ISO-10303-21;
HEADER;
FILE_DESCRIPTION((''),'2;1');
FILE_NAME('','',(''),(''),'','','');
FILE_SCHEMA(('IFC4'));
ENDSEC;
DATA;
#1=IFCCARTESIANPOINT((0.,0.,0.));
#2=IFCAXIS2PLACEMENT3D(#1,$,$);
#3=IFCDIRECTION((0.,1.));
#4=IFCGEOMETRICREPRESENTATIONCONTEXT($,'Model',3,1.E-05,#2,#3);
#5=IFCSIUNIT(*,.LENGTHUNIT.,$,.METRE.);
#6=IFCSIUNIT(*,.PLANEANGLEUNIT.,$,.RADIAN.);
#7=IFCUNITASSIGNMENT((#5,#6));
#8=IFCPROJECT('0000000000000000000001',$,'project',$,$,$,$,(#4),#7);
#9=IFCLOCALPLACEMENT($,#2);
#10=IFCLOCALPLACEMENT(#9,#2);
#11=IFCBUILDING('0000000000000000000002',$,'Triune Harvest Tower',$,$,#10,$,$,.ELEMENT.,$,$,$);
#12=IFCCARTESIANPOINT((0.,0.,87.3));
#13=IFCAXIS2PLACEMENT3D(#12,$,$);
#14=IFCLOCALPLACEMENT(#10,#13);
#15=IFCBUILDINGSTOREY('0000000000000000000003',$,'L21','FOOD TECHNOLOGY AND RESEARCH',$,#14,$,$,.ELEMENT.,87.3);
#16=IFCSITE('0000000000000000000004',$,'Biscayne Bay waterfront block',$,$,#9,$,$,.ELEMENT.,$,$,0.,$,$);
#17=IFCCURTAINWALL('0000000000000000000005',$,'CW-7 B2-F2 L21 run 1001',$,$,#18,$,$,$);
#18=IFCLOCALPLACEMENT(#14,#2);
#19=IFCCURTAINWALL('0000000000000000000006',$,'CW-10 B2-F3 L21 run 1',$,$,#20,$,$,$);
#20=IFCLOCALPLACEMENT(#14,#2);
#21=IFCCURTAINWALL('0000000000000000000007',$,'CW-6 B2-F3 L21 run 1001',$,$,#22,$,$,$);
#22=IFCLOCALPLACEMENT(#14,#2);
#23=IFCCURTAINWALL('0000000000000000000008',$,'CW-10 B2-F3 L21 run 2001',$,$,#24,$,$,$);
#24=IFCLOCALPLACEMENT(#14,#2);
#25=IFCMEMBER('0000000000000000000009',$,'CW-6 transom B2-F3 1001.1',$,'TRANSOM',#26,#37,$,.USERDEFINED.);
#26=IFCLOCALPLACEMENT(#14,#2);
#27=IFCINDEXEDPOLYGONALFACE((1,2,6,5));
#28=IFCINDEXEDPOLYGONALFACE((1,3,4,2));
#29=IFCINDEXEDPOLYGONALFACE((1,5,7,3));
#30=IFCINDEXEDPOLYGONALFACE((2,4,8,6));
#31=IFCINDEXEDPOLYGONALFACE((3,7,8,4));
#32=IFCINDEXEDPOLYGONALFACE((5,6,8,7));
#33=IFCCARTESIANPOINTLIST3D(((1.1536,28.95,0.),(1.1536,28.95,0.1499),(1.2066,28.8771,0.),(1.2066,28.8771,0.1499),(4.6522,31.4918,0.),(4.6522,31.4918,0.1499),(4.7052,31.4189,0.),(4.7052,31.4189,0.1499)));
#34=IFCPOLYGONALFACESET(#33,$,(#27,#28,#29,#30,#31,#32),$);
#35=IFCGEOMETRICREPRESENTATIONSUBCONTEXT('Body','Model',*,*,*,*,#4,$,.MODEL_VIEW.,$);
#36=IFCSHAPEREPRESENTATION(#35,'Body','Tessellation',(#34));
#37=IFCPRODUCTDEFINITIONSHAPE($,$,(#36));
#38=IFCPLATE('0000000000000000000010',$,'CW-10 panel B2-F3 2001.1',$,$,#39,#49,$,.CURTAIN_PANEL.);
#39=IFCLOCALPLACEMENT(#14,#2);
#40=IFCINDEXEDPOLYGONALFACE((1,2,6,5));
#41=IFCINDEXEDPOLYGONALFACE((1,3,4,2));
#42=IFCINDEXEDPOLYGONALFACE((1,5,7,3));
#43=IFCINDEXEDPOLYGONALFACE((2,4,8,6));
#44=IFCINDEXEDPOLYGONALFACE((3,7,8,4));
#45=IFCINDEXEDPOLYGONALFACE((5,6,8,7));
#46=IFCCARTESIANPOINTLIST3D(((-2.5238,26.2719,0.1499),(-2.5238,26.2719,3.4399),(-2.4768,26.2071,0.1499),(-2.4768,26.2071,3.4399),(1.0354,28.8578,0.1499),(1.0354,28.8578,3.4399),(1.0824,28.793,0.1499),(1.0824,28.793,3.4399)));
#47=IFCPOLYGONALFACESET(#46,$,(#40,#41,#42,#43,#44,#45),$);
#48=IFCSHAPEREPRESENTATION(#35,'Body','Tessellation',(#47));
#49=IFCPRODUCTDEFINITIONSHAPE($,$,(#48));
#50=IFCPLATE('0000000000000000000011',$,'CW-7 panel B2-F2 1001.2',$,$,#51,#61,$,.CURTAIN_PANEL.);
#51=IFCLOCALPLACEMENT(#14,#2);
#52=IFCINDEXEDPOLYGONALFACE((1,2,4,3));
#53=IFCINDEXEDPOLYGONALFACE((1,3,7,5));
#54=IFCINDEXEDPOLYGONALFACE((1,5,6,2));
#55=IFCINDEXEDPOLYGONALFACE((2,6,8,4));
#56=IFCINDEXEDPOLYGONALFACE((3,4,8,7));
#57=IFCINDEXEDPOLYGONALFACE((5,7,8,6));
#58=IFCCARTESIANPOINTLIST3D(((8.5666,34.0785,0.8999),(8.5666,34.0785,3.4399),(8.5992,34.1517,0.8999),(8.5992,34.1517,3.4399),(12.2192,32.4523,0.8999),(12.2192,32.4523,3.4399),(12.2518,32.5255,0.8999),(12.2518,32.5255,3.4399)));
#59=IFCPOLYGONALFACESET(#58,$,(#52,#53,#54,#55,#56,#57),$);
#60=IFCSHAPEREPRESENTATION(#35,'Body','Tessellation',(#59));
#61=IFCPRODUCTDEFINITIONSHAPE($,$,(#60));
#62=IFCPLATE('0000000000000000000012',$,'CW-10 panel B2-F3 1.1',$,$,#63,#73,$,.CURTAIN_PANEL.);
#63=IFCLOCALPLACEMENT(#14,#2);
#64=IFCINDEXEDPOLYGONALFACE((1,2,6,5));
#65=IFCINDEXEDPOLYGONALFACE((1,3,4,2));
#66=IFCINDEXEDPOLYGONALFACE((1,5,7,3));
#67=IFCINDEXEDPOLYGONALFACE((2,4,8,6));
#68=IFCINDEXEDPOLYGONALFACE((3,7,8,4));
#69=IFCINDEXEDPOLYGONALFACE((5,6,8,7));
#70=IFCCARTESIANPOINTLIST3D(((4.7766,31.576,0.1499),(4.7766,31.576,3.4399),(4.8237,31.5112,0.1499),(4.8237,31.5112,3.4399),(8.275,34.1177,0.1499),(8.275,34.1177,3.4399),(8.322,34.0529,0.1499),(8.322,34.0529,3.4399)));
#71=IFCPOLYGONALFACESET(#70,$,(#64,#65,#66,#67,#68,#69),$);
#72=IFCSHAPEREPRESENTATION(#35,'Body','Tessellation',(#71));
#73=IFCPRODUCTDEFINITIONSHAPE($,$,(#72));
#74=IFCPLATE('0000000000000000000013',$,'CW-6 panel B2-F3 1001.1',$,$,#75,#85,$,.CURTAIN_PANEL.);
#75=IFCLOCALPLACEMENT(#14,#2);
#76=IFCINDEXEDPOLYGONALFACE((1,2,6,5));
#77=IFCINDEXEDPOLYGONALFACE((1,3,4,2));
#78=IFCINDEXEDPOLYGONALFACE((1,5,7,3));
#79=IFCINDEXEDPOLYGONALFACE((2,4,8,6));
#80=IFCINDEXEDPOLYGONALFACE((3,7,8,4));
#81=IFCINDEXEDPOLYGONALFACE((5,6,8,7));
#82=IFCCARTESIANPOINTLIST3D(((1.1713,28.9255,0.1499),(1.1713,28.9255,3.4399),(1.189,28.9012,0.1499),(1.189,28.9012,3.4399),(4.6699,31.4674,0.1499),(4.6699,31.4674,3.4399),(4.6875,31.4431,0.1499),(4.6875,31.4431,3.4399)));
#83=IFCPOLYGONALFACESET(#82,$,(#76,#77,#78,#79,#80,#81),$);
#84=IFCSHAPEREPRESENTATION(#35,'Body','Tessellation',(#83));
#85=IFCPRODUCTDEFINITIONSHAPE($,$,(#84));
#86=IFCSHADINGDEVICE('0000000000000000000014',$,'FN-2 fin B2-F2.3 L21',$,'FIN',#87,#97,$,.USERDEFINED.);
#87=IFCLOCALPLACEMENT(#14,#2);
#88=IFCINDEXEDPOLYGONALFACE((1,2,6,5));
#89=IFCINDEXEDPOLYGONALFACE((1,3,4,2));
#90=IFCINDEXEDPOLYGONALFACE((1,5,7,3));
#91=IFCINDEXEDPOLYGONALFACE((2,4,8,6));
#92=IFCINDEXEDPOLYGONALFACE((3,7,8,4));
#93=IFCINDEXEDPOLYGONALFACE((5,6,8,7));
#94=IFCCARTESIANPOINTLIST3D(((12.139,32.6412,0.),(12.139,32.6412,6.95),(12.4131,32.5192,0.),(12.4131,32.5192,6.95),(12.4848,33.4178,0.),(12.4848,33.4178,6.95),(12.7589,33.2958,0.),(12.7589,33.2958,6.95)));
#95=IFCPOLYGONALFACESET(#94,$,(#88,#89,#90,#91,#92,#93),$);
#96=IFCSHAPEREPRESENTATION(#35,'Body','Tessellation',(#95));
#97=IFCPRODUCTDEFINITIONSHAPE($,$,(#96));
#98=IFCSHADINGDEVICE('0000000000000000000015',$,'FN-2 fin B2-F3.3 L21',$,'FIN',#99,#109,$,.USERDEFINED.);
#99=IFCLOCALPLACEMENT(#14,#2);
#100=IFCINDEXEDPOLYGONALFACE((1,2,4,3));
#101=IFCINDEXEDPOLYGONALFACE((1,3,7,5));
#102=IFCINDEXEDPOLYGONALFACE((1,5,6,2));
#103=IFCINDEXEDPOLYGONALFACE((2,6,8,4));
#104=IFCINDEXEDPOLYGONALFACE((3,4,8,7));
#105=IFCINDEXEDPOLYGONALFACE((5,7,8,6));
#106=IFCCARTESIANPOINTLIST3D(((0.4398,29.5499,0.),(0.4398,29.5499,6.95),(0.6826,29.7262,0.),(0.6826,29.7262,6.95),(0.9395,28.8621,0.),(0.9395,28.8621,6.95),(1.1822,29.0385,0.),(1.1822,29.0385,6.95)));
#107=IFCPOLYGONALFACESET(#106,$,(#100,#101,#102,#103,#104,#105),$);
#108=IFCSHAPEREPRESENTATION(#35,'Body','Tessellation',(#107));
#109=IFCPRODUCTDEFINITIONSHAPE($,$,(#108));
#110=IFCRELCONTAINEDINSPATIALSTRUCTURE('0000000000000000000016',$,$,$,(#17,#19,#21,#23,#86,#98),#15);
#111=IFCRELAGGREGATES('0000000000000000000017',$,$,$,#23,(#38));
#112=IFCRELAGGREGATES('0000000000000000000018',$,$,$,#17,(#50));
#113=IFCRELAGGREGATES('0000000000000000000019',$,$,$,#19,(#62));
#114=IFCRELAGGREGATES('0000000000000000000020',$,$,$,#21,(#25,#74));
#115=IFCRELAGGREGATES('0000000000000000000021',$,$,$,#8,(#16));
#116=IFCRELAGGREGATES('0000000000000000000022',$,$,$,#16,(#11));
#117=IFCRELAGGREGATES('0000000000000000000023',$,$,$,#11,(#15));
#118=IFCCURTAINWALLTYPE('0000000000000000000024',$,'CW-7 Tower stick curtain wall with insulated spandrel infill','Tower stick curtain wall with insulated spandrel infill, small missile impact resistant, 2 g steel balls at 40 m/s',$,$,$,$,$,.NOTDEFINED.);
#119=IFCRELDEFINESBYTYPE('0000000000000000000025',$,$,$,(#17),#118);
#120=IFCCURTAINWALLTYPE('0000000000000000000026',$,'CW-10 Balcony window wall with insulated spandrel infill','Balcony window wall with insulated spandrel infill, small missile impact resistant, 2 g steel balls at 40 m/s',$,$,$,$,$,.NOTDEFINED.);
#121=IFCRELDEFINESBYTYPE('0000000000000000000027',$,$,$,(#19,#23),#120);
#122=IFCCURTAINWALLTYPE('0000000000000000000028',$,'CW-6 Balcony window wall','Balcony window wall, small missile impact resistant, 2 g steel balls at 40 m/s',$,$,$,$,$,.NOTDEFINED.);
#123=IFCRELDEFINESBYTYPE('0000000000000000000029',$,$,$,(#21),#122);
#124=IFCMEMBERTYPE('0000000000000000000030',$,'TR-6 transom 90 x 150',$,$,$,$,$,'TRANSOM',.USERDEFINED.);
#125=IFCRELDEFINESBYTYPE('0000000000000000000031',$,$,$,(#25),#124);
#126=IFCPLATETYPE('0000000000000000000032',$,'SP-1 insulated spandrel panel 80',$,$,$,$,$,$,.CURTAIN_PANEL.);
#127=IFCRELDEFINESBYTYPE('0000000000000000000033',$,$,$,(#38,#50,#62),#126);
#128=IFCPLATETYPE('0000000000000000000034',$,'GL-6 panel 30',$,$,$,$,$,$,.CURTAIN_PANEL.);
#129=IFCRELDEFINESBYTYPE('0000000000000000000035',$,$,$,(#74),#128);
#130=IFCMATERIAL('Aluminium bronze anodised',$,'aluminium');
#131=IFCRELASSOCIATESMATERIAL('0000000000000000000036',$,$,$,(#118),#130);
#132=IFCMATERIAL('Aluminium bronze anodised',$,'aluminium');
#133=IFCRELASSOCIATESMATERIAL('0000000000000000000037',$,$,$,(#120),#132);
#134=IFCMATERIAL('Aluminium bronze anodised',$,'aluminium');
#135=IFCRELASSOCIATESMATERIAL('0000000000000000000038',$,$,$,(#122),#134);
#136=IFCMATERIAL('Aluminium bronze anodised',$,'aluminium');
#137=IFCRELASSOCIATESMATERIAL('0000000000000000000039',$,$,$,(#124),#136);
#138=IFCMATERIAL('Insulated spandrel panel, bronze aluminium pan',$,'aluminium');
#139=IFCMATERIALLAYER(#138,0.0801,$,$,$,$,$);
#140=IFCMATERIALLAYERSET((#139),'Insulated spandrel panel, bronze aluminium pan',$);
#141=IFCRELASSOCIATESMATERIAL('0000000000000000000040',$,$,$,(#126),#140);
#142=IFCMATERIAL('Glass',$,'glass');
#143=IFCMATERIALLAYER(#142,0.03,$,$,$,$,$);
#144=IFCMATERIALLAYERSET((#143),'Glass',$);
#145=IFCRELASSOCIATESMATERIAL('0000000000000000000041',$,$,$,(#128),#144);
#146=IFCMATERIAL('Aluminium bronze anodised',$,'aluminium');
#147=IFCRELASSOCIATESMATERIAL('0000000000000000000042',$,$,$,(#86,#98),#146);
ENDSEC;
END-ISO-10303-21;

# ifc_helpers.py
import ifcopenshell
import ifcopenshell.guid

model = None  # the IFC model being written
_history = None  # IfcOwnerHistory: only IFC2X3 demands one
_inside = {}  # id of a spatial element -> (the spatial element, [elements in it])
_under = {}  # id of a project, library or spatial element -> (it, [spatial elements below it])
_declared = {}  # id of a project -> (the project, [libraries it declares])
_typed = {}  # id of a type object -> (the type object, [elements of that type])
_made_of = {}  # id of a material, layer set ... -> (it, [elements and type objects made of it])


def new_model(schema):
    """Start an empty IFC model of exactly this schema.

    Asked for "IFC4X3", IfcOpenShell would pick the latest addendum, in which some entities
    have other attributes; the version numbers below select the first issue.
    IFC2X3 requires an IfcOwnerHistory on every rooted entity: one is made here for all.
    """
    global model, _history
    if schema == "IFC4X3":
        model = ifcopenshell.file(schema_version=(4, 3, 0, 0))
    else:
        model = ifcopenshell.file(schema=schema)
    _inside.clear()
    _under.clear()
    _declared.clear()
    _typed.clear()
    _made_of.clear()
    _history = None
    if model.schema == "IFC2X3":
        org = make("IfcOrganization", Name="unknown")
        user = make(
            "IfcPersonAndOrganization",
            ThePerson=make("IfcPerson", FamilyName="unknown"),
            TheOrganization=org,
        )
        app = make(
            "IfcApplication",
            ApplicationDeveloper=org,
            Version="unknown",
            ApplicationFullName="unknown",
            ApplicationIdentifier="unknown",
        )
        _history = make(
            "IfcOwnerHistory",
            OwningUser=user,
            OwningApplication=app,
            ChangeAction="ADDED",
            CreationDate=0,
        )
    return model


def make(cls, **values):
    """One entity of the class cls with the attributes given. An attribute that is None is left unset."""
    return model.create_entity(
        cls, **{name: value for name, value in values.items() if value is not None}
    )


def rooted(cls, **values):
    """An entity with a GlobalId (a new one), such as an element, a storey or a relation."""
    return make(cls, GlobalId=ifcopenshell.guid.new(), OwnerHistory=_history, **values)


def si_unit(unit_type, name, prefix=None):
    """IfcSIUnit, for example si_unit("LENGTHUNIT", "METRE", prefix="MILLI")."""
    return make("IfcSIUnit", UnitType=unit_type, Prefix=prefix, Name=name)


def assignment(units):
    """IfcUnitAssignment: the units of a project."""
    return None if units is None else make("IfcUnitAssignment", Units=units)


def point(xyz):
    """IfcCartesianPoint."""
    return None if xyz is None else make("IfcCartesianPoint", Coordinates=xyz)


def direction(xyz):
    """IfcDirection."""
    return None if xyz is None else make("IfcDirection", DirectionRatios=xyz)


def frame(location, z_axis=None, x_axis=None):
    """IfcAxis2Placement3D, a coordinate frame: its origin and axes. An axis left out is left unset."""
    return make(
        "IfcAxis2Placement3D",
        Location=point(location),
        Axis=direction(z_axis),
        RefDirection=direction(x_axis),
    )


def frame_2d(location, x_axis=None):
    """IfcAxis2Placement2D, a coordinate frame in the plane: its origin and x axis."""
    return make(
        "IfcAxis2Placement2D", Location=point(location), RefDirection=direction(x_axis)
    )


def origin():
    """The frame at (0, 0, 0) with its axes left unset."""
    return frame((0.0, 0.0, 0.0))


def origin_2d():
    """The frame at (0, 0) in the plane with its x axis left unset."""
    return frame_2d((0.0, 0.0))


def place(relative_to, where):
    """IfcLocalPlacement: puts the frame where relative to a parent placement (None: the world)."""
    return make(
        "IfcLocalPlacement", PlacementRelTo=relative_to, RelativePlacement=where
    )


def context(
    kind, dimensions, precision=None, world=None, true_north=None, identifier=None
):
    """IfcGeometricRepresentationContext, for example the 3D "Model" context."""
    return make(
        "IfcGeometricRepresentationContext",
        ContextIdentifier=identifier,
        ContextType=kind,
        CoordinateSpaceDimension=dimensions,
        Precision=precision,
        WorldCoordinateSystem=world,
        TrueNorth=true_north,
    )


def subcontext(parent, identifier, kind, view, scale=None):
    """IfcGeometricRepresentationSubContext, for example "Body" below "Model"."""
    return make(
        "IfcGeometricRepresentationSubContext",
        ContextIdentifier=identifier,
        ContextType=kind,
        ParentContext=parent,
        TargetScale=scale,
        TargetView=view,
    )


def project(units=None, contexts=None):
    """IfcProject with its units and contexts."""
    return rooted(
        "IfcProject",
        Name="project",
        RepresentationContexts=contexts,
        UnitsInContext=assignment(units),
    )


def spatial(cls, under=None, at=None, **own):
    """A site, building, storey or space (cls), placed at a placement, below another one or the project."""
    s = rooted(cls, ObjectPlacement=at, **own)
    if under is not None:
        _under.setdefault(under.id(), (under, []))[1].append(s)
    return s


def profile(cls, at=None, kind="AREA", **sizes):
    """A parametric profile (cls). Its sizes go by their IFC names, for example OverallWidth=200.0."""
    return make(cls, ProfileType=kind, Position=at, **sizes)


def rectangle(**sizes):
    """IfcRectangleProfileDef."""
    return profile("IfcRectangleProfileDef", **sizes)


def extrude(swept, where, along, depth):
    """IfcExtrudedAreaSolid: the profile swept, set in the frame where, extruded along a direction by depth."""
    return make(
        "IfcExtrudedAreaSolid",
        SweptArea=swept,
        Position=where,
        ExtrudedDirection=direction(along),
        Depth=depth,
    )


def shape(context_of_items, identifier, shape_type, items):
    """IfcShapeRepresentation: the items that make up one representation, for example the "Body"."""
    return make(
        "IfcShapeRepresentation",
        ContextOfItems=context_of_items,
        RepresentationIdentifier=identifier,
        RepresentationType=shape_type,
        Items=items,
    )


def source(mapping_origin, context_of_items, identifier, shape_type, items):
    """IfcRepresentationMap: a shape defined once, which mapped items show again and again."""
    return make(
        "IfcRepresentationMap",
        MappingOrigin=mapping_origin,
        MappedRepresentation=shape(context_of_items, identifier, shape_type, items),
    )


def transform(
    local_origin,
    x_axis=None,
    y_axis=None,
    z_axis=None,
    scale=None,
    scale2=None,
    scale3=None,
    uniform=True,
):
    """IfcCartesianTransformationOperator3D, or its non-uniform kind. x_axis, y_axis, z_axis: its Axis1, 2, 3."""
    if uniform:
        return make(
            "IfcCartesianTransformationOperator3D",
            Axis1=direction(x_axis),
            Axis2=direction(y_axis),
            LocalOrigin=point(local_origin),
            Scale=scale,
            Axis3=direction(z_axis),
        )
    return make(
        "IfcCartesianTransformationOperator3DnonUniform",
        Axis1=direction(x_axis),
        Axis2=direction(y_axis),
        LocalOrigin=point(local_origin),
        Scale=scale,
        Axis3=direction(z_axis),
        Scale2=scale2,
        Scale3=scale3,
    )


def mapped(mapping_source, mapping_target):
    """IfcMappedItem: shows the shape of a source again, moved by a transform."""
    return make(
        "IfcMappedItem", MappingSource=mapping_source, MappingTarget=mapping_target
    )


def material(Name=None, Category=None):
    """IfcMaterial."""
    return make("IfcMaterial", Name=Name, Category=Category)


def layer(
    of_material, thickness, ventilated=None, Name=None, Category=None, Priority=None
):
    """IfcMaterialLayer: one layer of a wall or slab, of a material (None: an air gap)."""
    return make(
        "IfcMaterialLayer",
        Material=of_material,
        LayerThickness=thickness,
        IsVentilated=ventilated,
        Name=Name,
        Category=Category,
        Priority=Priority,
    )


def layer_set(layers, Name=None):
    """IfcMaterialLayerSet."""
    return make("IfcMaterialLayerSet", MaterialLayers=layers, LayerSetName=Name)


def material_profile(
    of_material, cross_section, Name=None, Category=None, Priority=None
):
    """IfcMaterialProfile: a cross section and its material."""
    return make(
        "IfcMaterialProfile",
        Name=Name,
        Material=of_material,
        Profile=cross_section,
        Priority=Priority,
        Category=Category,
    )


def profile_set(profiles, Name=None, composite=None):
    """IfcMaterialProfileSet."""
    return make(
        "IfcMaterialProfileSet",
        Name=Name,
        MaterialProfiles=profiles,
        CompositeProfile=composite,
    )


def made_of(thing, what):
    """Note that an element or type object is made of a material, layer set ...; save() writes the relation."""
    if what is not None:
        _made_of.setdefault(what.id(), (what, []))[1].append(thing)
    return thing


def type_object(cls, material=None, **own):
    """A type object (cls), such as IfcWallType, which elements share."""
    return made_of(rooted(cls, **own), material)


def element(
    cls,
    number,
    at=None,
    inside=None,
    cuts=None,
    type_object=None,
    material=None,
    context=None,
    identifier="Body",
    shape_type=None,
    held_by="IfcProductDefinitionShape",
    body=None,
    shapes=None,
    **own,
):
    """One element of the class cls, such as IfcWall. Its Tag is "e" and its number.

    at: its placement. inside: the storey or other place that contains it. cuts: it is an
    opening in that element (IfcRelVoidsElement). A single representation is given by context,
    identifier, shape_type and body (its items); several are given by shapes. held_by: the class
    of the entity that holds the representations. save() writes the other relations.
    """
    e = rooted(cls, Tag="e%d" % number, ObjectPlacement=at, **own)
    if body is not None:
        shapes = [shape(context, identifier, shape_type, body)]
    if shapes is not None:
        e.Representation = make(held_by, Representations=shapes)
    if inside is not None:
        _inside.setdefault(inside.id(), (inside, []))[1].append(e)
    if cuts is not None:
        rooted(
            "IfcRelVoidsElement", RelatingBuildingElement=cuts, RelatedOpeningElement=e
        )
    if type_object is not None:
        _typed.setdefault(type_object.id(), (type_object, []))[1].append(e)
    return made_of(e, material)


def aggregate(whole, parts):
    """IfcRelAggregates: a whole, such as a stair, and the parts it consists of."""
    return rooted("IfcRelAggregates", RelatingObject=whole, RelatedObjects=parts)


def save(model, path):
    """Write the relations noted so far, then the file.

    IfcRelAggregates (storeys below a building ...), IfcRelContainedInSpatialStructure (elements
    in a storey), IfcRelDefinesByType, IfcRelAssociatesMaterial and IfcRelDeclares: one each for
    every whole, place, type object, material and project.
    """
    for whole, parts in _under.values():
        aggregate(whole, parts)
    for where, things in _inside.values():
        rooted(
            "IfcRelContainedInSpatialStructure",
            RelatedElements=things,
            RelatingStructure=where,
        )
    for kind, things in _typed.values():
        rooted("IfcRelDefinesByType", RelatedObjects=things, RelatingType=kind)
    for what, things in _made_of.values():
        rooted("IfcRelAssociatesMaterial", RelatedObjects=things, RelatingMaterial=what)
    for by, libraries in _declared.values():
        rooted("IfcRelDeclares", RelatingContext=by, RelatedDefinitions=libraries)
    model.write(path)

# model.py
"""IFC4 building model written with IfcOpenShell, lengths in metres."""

from ifc_helpers import new_model, si_unit, direction, frame, origin, origin_2d, place, context, subcontext, project, spatial, rectangle, extrude, source, transform, mapped, material, layer, layer_set, material_profile, profile_set, type_object, element, aggregate, save


model = new_model("IFC4")

# Units and contexts
model_context = context("Model", 3, precision=1e-05, world=origin(), true_north=direction((0.0, 1.0)))
body_context = subcontext(model_context, "Body", "Model", "MODEL_VIEW")
ifc_project = project(units=[si_unit("LENGTHUNIT", "METRE"), si_unit("PLANEANGLEUNIT", "RADIAN")], contexts=[model_context])

# Site, building, storey
site_placement = place(None, origin())
site = spatial("IfcSite", under=ifc_project, at=site_placement, Name="Biscayne Bay waterfront block", CompositionType="ELEMENT", RefElevation=0.0)
building_placement = place(site_placement, origin())
building = spatial("IfcBuilding", under=site, at=building_placement, Name="Triune Harvest Tower", CompositionType="ELEMENT")
storey_placement = place(building_placement, frame((0.0, 0.0, 87.3)))
storey = spatial("IfcBuildingStorey", under=building, at=storey_placement, Name="L21", Description="FOOD TECHNOLOGY AND RESEARCH", CompositionType="ELEMENT", Elevation=87.3)

# Curtain wall
ifc_material_1 = material(Name="Aluminium bronze anodised", Category="aluminium")
curtain_wall_type_1 = type_object("IfcCurtainWallType", Name="CW-7 Tower stick curtain wall with insulated spandrel infill", Description="Tower stick curtain wall with insulated spandrel infill, small missile impact resistant, 2 g steel balls at 40 m/s", PredefinedType="NOTDEFINED", material=ifc_material_1)
curtain_wall_1_placement = place(storey_placement, origin())
curtain_wall_1 = element("IfcCurtainWall", 1, at=curtain_wall_1_placement, inside=storey, type_object=curtain_wall_type_1, Name="CW-7 B2-F2 L21 run 1001")

# Curtain walls
ifc_material_2 = material(Name="Aluminium bronze anodised", Category="aluminium")
curtain_wall_type_2 = type_object("IfcCurtainWallType", Name="CW-10 Balcony window wall with insulated spandrel infill", Description="Balcony window wall with insulated spandrel infill, small missile impact resistant, 2 g steel balls at 40 m/s", PredefinedType="NOTDEFINED", material=ifc_material_2)
curtain_wall_2_placement = place(storey_placement, origin())
curtain_wall_2 = element("IfcCurtainWall", 2, at=curtain_wall_2_placement, inside=storey, type_object=curtain_wall_type_2, Name="CW-10 B2-F3 L21 run 1")
ifc_material_3 = material(Name="Aluminium bronze anodised", Category="aluminium")
curtain_wall_type_3 = type_object("IfcCurtainWallType", Name="CW-6 Balcony window wall", Description="Balcony window wall, small missile impact resistant, 2 g steel balls at 40 m/s", PredefinedType="NOTDEFINED", material=ifc_material_3)
curtain_wall_3_placement = place(storey_placement, origin())
curtain_wall_3 = element("IfcCurtainWall", 3, at=curtain_wall_3_placement, inside=storey, type_object=curtain_wall_type_3, Name="CW-6 B2-F3 L21 run 1001")
curtain_wall_4_placement = place(storey_placement, origin())
curtain_wall_4 = element("IfcCurtainWall", 4, at=curtain_wall_4_placement, inside=storey, type_object=curtain_wall_type_2, Name="CW-10 B2-F3 L21 run 2001")
ifc_material_4 = material(Name="Aluminium bronze anodised", Category="aluminium")
ifc_material_profile_1 = material_profile(ifc_material_4, rectangle(XDim=0.0901, YDim=0.1499, at=origin_2d()), Name="TR-6 transom 90 x 150")
ifc_profile_set_1 = profile_set([ifc_material_profile_1], Name="Aluminium bronze anodised")
member_type_1 = type_object("IfcMemberType", Name="TR-6 transom 90 x 150", ElementType="TRANSOM", PredefinedType="USERDEFINED", material=ifc_profile_set_1)

# Member
shared_shape_1 = source(origin(), body_context, "Body", "SweptSolid", [
    extrude(rectangle(XDim=0.0901, YDim=0.1499, at=origin_2d()), origin(), (0.0, 0.0, 1.0), 4.3245),
])
member_1_placement = place(storey_placement, frame((4.6787, 31.4553, 0.075), z_axis=(-0.809027, -0.587772, 0.0), x_axis=(0.587772, -0.809027, 0.0)))
member_1 = element("IfcMember", 5, at=member_1_placement, type_object=member_type_1, Name="CW-6 transom B2-F3 1001.1", ObjectType="TRANSOM", PredefinedType="USERDEFINED", context=body_context, shape_type="MappedRepresentation", body=[
    mapped(shared_shape_1, transform((0.0, 0.0, 0.0), scale=1.0)),
])

# Plates
ifc_material_5 = material(Name="Insulated spandrel panel, bronze aluminium pan", Category="aluminium")
ifc_layer_1 = layer(ifc_material_5, 0.0801)
ifc_layer_set_1 = layer_set([ifc_layer_1], Name="Insulated spandrel panel, bronze aluminium pan")
plate_type_1 = type_object("IfcPlateType", Name="SP-1 insulated spandrel panel 80", PredefinedType="CURTAIN_PANEL", material=ifc_layer_set_1)
shared_shape_2 = source(origin(), body_context, "Body", "SweptSolid", [
    extrude(rectangle(XDim=4.3994, YDim=0.0801, at=origin_2d()), origin(), (0.0, 0.0, 1.0), 3.29),
])
plate_1_placement = place(storey_placement, frame((-0.7207, 27.5325, 0.1499), z_axis=(0.0, 0.0, 1.0), x_axis=(-0.809016, -0.587787, 0.0)))
plate_1 = element("IfcPlate", 6, at=plate_1_placement, type_object=plate_type_1, Name="CW-10 panel B2-F3 2001.1", PredefinedType="CURTAIN_PANEL", context=body_context, shape_type="MappedRepresentation", body=[
    mapped(shared_shape_2, transform((0.0, 0.0, 0.0), scale=1.0)),
])
aggregate(curtain_wall_4, [plate_1])
shared_shape_3 = source(origin(), body_context, "Body", "SweptSolid", [
    extrude(rectangle(XDim=3.9983, YDim=0.0801, at=origin_2d()), origin(), (0.0, 0.0, 1.0), 2.54),
])
plate_2_placement = place(storey_placement, frame((10.4092, 33.302, 0.8999), z_axis=(0.0, 0.0, 1.0), x_axis=(-0.913546, 0.406735, 0.0)))
plate_2 = element("IfcPlate", 7, at=plate_2_placement, type_object=plate_type_1, Name="CW-7 panel B2-F2 1001.2", PredefinedType="CURTAIN_PANEL", context=body_context, shape_type="MappedRepresentation", body=[
    mapped(shared_shape_3, transform((0.0, 0.0, 0.0), scale=1.0)),
])
aggregate(curtain_wall_1, [plate_2])
shared_shape_4 = source(origin(), body_context, "Body", "SweptSolid", [
    extrude(rectangle(XDim=4.3242, YDim=0.0801, at=origin_2d()), origin(), (0.0, 0.0, 1.0), 3.29),
])
plate_3_placement = place(storey_placement, frame((6.5493, 32.8145, 0.1499), z_axis=(0.0, 0.0, 1.0), x_axis=(-0.80902, -0.587781, 0.0)))
plate_3 = element("IfcPlate", 8, at=plate_3_placement, type_object=plate_type_1, Name="CW-10 panel B2-F3 1.1", PredefinedType="CURTAIN_PANEL", context=body_context, shape_type="MappedRepresentation", body=[
    mapped(shared_shape_4, transform((0.0, 0.0, 0.0), scale=1.0)),
])
aggregate(curtain_wall_2, [plate_3])
ifc_material_6 = material(Name="Glass", Category="glass")
ifc_layer_2 = layer(ifc_material_6, 0.03)
ifc_layer_set_2 = layer_set([ifc_layer_2], Name="Glass")
plate_type_2 = type_object("IfcPlateType", Name="GL-6 panel 30", PredefinedType="CURTAIN_PANEL", material=ifc_layer_set_2)
shared_shape_5 = source(origin(), body_context, "Body", "SweptSolid", [
    extrude(rectangle(XDim=4.3245, YDim=0.03, at=origin_2d()), origin(), (0.0, 0.0, 1.0), 3.29),
])
plate_4_placement = place(storey_placement, frame((2.9294, 30.1843, 0.1499), z_axis=(0.0, 0.0, 1.0), x_axis=(-0.80901, -0.587794, 0.0)))
plate_4 = element("IfcPlate", 9, at=plate_4_placement, type_object=plate_type_2, Name="CW-6 panel B2-F3 1001.1", PredefinedType="CURTAIN_PANEL", context=body_context, shape_type="MappedRepresentation", body=[
    mapped(shared_shape_5, transform((0.0, 0.0, 0.0), scale=1.0)),
])
aggregate(curtain_wall_3, [member_1, plate_4])

# Shading devices
ifc_material_7 = material(Name="Aluminium bronze anodised", Category="aluminium")
shared_shape_6 = source(origin(), body_context, "Body", "SweptSolid", [
    extrude(rectangle(XDim=0.3, YDim=0.8501, at=origin_2d()), origin(), (0.0, 0.0, 1.0), 6.95),
])
for number, where, z_axis, x_axis, name in (
    (10, (12.449, 32.9685, 0.0), (0.0, 0.0, 1.0), (-0.913547, 0.406734, 0.0), "FN-2 fin B2-F2.3 L21"),
    (11, (0.811, 29.2942, 0.0), (0.0, 0.0, 1.0), (-0.809017, -0.587785, 0.0), "FN-2 fin B2-F3.3 L21"),
):
    element("IfcShadingDevice", number, at=place(storey_placement, frame(where, z_axis=z_axis, x_axis=x_axis)), inside=storey, material=ifc_material_7, Name=name, ObjectType="FIN", PredefinedType="USERDEFINED", context=body_context, shape_type="MappedRepresentation", body=[
        mapped(shared_shape_6, transform((0.0, 0.0, 0.0), scale=1.0)),
    ])

save(model, "model.ifc")
